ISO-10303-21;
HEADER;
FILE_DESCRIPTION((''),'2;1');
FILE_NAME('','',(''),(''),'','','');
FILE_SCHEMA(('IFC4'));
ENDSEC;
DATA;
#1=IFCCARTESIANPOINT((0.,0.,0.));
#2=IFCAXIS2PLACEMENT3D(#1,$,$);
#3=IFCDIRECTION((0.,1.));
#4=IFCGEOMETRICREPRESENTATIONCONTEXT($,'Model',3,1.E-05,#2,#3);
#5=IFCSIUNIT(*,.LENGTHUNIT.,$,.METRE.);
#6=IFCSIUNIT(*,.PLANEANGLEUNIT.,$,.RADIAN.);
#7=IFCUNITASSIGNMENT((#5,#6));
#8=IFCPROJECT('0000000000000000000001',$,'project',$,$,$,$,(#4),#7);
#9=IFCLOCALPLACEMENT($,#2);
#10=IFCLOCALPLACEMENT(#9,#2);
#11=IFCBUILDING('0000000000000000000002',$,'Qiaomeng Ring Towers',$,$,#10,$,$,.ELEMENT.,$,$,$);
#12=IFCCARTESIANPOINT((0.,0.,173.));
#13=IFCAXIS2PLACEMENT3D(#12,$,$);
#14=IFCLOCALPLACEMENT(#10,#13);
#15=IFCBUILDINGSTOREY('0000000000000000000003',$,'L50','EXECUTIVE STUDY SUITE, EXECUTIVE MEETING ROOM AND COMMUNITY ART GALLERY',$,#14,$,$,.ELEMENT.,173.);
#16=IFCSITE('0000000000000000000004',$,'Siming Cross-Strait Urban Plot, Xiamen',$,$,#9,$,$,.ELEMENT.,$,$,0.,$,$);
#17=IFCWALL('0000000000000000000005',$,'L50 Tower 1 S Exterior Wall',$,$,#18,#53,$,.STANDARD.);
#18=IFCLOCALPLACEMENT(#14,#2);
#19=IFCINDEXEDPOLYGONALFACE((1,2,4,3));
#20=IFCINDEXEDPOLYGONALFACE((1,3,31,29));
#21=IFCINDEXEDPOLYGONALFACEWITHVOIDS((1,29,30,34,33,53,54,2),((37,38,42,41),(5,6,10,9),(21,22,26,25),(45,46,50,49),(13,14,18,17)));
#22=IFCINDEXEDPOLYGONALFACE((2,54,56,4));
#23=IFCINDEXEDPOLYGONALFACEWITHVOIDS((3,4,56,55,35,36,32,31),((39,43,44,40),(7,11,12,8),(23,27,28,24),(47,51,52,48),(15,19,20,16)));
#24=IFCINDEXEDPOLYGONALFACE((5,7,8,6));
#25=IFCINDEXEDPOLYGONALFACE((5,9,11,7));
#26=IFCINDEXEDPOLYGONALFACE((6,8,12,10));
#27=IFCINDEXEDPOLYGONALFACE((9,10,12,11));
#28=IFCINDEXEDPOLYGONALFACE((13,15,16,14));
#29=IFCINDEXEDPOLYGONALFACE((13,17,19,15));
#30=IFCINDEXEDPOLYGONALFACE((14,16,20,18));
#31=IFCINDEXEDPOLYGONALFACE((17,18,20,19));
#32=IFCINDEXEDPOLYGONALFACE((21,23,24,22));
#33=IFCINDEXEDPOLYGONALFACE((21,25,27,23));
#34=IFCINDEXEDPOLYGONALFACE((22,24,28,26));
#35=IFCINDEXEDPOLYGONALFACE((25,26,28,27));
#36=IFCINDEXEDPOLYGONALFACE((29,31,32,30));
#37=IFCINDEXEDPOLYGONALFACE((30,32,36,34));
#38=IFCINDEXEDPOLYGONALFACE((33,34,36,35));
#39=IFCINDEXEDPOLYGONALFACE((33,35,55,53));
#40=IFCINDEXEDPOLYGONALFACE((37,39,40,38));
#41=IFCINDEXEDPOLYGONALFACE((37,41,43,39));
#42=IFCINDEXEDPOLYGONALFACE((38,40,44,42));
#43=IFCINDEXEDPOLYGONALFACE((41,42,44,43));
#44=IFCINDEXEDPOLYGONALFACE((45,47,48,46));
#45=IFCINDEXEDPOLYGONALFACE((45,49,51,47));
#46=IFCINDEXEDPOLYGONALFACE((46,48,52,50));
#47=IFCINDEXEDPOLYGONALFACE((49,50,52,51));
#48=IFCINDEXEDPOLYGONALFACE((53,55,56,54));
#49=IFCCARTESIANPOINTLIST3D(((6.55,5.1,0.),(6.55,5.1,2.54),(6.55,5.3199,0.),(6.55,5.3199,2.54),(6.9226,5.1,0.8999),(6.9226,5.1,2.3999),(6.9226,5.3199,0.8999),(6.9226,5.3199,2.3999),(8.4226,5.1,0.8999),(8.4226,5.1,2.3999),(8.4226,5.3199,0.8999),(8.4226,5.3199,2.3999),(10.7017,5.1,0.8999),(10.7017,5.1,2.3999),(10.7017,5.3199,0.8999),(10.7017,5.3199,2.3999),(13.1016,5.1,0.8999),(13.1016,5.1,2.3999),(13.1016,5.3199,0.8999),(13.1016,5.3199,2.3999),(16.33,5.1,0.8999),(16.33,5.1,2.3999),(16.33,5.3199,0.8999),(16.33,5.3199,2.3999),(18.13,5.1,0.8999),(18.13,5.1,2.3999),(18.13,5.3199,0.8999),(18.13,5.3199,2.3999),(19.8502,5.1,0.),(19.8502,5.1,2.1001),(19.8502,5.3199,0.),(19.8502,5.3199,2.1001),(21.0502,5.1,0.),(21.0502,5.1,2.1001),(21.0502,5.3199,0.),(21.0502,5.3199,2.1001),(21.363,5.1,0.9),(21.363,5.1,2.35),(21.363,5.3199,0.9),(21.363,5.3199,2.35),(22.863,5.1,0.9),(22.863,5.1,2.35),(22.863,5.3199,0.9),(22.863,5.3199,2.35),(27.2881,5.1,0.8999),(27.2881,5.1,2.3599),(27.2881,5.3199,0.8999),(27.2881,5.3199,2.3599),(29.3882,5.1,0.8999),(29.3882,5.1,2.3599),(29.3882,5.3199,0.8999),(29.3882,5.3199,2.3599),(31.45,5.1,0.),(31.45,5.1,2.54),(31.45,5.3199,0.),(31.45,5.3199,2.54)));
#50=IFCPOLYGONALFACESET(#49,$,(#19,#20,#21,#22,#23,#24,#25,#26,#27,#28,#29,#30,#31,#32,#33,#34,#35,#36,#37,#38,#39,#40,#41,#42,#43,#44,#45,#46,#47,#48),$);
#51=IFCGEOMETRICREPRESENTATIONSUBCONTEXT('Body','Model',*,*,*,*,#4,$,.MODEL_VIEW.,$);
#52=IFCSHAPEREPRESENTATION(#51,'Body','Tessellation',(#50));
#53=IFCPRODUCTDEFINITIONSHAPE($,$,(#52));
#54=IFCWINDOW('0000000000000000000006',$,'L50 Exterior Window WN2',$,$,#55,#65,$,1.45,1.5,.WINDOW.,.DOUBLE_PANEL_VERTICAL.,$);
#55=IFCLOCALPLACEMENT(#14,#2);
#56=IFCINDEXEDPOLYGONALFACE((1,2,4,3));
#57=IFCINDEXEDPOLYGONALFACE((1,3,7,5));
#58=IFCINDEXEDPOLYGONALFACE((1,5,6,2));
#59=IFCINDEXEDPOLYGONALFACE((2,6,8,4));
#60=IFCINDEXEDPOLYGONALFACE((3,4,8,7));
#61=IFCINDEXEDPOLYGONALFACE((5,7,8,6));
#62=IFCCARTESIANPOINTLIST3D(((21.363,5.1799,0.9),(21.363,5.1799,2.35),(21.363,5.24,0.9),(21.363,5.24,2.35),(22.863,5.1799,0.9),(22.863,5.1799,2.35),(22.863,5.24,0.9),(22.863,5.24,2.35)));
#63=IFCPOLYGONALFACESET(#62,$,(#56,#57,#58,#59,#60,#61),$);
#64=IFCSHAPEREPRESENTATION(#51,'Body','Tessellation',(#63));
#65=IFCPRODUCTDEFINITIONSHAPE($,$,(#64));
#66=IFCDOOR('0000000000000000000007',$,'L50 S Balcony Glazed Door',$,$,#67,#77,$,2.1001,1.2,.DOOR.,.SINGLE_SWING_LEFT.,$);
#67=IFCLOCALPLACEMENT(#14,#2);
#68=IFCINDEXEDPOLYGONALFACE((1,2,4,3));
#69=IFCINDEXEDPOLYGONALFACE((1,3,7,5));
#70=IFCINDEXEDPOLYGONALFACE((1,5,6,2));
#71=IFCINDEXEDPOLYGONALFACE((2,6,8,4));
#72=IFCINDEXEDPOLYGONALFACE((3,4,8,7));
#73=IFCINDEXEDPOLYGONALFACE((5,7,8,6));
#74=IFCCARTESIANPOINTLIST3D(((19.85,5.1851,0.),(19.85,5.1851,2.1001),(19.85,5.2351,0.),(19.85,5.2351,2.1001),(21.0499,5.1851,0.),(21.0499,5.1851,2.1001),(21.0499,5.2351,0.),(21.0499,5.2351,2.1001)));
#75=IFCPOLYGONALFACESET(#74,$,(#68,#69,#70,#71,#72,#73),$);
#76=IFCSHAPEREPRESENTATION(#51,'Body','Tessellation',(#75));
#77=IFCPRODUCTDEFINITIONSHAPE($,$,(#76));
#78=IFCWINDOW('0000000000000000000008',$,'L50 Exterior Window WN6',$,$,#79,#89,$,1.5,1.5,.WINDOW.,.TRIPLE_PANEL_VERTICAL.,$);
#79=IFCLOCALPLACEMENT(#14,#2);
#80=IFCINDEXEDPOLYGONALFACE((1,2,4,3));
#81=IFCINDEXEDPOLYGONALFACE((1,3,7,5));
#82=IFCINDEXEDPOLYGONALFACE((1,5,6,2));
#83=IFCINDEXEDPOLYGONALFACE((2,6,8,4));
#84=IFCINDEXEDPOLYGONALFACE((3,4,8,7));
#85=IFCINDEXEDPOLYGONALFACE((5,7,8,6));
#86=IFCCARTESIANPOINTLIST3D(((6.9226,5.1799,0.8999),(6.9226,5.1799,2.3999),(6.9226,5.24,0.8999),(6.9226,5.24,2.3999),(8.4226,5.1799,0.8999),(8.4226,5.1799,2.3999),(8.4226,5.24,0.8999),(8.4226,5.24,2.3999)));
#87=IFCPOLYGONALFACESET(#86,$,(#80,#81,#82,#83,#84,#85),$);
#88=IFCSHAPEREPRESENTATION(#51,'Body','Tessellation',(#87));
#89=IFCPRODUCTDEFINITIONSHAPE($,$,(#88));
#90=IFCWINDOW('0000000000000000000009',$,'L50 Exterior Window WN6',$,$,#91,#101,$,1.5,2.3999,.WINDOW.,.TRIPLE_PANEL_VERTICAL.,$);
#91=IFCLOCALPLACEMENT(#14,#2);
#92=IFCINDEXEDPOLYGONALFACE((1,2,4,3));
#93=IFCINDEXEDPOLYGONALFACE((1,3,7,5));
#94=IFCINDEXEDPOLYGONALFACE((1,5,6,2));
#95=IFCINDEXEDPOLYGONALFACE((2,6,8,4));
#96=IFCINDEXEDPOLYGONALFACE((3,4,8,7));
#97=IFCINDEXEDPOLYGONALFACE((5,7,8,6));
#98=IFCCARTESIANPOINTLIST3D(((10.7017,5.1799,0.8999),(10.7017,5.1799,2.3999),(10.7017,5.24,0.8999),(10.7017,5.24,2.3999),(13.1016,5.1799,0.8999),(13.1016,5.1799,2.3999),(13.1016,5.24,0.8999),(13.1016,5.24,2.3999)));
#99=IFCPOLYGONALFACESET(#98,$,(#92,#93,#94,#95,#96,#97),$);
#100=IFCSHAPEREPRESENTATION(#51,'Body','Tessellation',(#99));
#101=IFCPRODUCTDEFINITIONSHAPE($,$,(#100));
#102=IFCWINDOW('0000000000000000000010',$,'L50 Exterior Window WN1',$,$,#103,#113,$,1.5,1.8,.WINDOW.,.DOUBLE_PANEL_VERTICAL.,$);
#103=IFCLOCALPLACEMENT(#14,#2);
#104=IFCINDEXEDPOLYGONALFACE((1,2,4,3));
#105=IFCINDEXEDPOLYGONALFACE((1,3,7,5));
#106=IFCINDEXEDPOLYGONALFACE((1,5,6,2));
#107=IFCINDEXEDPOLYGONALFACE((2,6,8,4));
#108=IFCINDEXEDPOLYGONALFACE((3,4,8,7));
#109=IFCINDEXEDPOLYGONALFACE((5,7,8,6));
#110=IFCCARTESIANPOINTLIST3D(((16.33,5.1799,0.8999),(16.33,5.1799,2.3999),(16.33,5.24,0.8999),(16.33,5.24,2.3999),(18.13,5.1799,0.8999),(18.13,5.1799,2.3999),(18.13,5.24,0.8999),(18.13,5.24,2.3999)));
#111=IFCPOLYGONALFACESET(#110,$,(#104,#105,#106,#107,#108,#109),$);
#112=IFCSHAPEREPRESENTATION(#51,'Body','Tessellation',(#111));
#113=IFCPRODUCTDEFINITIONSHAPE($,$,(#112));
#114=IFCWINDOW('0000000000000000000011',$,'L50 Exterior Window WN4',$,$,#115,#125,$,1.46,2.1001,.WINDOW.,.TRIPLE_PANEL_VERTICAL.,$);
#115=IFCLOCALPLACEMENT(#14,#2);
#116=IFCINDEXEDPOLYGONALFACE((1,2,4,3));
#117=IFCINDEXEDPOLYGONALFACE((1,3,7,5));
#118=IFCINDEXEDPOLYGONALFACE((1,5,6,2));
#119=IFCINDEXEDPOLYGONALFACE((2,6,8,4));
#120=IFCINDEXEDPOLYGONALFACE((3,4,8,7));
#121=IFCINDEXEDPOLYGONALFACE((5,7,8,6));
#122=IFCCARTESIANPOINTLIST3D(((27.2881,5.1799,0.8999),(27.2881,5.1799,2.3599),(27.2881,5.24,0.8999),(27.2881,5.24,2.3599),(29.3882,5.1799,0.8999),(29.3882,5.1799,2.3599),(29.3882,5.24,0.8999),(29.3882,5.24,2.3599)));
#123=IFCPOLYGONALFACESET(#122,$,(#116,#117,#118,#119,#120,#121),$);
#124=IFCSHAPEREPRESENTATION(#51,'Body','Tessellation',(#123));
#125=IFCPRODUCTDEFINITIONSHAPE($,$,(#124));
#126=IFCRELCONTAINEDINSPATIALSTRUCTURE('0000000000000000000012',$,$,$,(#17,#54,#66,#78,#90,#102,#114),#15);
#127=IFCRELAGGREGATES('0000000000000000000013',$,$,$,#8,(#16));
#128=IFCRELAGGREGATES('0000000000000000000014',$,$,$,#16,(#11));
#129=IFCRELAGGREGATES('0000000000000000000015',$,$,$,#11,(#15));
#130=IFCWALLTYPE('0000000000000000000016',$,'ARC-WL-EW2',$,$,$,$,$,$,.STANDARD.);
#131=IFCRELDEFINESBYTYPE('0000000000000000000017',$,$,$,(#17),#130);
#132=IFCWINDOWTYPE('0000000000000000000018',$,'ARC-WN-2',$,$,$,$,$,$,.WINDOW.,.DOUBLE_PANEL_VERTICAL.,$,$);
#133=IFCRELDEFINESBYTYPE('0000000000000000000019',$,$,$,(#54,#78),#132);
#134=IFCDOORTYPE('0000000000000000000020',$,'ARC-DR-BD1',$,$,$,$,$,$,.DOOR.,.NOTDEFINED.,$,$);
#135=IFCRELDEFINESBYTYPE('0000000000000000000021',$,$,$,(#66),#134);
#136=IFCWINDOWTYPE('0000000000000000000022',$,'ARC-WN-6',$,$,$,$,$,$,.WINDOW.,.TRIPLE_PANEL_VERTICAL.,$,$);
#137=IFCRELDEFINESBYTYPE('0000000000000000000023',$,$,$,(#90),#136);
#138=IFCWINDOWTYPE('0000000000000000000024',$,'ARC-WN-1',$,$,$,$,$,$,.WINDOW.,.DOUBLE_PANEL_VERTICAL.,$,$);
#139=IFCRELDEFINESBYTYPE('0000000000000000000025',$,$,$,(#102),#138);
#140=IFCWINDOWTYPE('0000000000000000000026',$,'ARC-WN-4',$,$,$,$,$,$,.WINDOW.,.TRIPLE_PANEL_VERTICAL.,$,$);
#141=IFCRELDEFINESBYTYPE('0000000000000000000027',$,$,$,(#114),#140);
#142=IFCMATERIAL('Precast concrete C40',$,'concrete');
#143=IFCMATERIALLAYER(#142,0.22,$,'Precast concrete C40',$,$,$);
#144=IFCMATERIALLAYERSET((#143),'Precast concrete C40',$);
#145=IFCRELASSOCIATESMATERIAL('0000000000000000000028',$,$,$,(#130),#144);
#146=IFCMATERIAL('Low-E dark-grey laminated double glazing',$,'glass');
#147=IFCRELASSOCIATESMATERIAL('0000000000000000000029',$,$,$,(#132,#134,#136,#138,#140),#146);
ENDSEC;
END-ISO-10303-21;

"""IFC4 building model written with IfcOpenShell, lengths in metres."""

from ifc_helpers import new_model, si_unit, direction, frame, frame_2d, origin, place, context, subcontext, project, spatial, rectangle, extrude, source, transform, mapped, material, layer, layer_set, type_object, element, fill, save


model = new_model("IFC4")

# Units and contexts
model_context = context("Model", 3, precision=1e-05, world=origin(), true_north=direction((0.0, 1.0)))
body_context = subcontext(model_context, "Body", "Model", "MODEL_VIEW")
ifc_project = project(units=[si_unit("LENGTHUNIT", "METRE"), si_unit("PLANEANGLEUNIT", "RADIAN")], contexts=[model_context])

# Site, building, storey
site_placement = place(None, origin())
site = spatial("IfcSite", under=ifc_project, at=site_placement, Name="Siming Cross-Strait Urban Plot, Xiamen", CompositionType="ELEMENT", RefElevation=0.0)
building_placement = place(site_placement, origin())
building = spatial("IfcBuilding", under=site, at=building_placement, Name="Qiaomeng Ring Towers", CompositionType="ELEMENT")
storey_placement = place(building_placement, frame((0.0, 0.0, 173.0)))
storey = spatial("IfcBuildingStorey", under=building, at=storey_placement, Name="L50", Description="EXECUTIVE STUDY SUITE, EXECUTIVE MEETING ROOM AND COMMUNITY ART GALLERY", CompositionType="ELEMENT", Elevation=173.0)

# Shared definitions
ifc_material_1 = material(Name="Low-E dark-grey laminated double glazing", Category="glass")

# Wall, openings, windows, door
ifc_material_2 = material(Name="Precast concrete C40", Category="concrete")
ifc_layer_1 = layer(ifc_material_2, 0.22, Name="Precast concrete C40")
ifc_layer_set_1 = layer_set([ifc_layer_1], Name="Precast concrete C40")
wall_type_1 = type_object("IfcWallType", Name="ARC-WL-EW2", PredefinedType="STANDARD", material=ifc_layer_set_1)
wall_1_placement = place(storey_placement, frame((6.55, 5.21, 0.0), z_axis=(0.0, 0.0, 1.0), x_axis=(1.0, 0.0, 0.0)))
wall_1 = element("IfcWall", 1, at=wall_1_placement, inside=storey, type_object=wall_type_1, Name="L50 Tower 1 S Exterior Wall", PredefinedType="STANDARD", context=body_context, shape_type="SweptSolid", body=[
    extrude(rectangle(XDim=24.8999, YDim=0.22, at=frame_2d((12.45, 0.0))), origin(), (0.0, 0.0, 1.0), 2.54),
])
opening_1_placement = place(wall_1_placement, frame((13.3, 0.0, 0.0)))
opening_1 = element("IfcOpeningElement", 2, at=opening_1_placement, cuts=wall_1, PredefinedType="OPENING", context=body_context, shape_type="SweptSolid", body=[
    extrude(rectangle(XDim=1.2, YDim=2.1001, at=frame_2d((0.6001, 1.05))), frame((0.0, 0.1199, 0.0), z_axis=(0.0, -1.0, 0.0), x_axis=(1.0, 0.0, 0.0)), (0.0, 0.0, 1.0), 0.24),
])
opening_2_placement = place(wall_1_placement, frame((0.3726, 0.0, 0.8999)))
opening_2 = element("IfcOpeningElement", 3, at=opening_2_placement, cuts=wall_1, PredefinedType="OPENING", context=body_context, shape_type="SweptSolid", body=[
    extrude(rectangle(XDim=1.5, YDim=1.5, at=frame_2d((0.75, 0.75))), frame((0.0, 0.1199, 0.0), z_axis=(0.0, -1.0, 0.0), x_axis=(1.0, 0.0, 0.0)), (0.0, 0.0, 1.0), 0.24),
])
opening_3_placement = place(wall_1_placement, frame((9.78, 0.0, 0.8999)))
opening_3 = element("IfcOpeningElement", 4, at=opening_3_placement, cuts=wall_1, PredefinedType="OPENING", context=body_context, shape_type="SweptSolid", body=[
    extrude(rectangle(XDim=1.8, YDim=1.5, at=frame_2d((0.8999, 0.75))), frame((0.0, 0.1199, 0.0), z_axis=(0.0, -1.0, 0.0), x_axis=(1.0, 0.0, 0.0)), (0.0, 0.0, 1.0), 0.24),
])
opening_4_placement = place(wall_1_placement, frame((14.813, 0.0, 0.8999)))
opening_4 = element("IfcOpeningElement", 5, at=opening_4_placement, cuts=wall_1, PredefinedType="OPENING", context=body_context, shape_type="SweptSolid", body=[
    extrude(rectangle(XDim=1.5, YDim=1.45, at=frame_2d((0.75, 0.7251))), frame((0.0, 0.1199, 0.0), z_axis=(0.0, -1.0, 0.0), x_axis=(1.0, 0.0, 0.0)), (0.0, 0.0, 1.0), 0.24),
])
opening_5_placement = place(wall_1_placement, frame((20.738, 0.0, 0.8999)))
opening_5 = element("IfcOpeningElement", 6, at=opening_5_placement, cuts=wall_1, PredefinedType="OPENING", context=body_context, shape_type="SweptSolid", body=[
    extrude(rectangle(XDim=2.1001, YDim=1.46, at=frame_2d((1.05, 0.73))), frame((0.0, 0.1199, 0.0), z_axis=(0.0, -1.0, 0.0), x_axis=(1.0, 0.0, 0.0)), (0.0, 0.0, 1.0), 0.24),
])
opening_6_placement = place(wall_1_placement, frame((4.1516, 0.0, 0.8999)))
opening_6 = element("IfcOpeningElement", 7, at=opening_6_placement, cuts=wall_1, PredefinedType="OPENING", context=body_context, shape_type="SweptSolid", body=[
    extrude(rectangle(XDim=2.3999, YDim=1.5, at=frame_2d((1.2, 0.75))), frame((0.0, 0.1199, 0.0), z_axis=(0.0, -1.0, 0.0), x_axis=(1.0, 0.0, 0.0)), (0.0, 0.0, 1.0), 0.24),
])
window_type_1 = type_object("IfcWindowType", Name="ARC-WN-2", PartitioningType="DOUBLE_PANEL_VERTICAL", PredefinedType="WINDOW", material=ifc_material_1)
shared_shape_1 = source(origin(), body_context, "Body", "SweptSolid", [
    extrude(rectangle(XDim=1.5, YDim=1.45, at=frame_2d((0.75, 0.7251))), frame((0.0, 0.03, 0.0), z_axis=(0.0, -1.0, 0.0), x_axis=(1.0, 0.0, 0.0)), (0.0, 0.0, 1.0), 0.0601),
])
window_1_placement = place(opening_4_placement, origin())
window_1 = element("IfcWindow", 8, at=window_1_placement, inside=storey, type_object=window_type_1, Name="L50 Exterior Window WN2", OverallHeight=1.45, OverallWidth=1.5, PartitioningType="DOUBLE_PANEL_VERTICAL", PredefinedType="WINDOW", context=body_context, shape_type="MappedRepresentation", body=[
    mapped(shared_shape_1, transform((0.0, 0.0, 0.0), x_axis=(1.0, 0.0, 0.0), y_axis=(0.0, 1.0, 0.0), z_axis=(0.0, 0.0, 1.0), scale=1.0)),
])
fill(opening_4, window_1)
door_type_1 = type_object("IfcDoorType", Name="ARC-DR-BD1", OperationType="NOTDEFINED", PredefinedType="DOOR", material=ifc_material_1)
shared_shape_2 = source(origin(), body_context, "Body", "SweptSolid", [
    extrude(rectangle(XDim=1.2, YDim=2.1001, at=frame_2d((0.6001, 1.05))), frame((0.0, 0.0249, 0.0), z_axis=(0.0, -1.0, 0.0), x_axis=(1.0, 0.0, 0.0)), (0.0, 0.0, 1.0), 0.05),
])
door_1_placement = place(opening_1_placement, frame((1.2, 0.0, 0.0), z_axis=(0.0, 0.0, 1.0), x_axis=(-1.0, 0.0, 0.0)))
door_1 = element("IfcDoor", 9, at=door_1_placement, inside=storey, type_object=door_type_1, Name="L50 S Balcony Glazed Door", OperationType="SINGLE_SWING_LEFT", OverallHeight=2.1001, OverallWidth=1.2, PredefinedType="DOOR", context=body_context, shape_type="MappedRepresentation", body=[
    mapped(shared_shape_2, transform((0.0, 0.0, 0.0), x_axis=(1.0, 0.0, 0.0), y_axis=(0.0, 1.0, 0.0), z_axis=(0.0, 0.0, 1.0), scale=1.0)),
])
fill(opening_1, door_1)
shared_shape_3 = source(origin(), body_context, "Body", "SweptSolid", [
    extrude(rectangle(XDim=1.5, YDim=1.5, at=frame_2d((0.75, 0.75))), frame((0.0, 0.03, 0.0), z_axis=(0.0, -1.0, 0.0), x_axis=(1.0, 0.0, 0.0)), (0.0, 0.0, 1.0), 0.0601),
])
window_2_placement = place(opening_2_placement, origin())
window_2 = element("IfcWindow", 10, at=window_2_placement, inside=storey, type_object=window_type_1, Name="L50 Exterior Window WN6", OverallHeight=1.5, OverallWidth=1.5, PartitioningType="TRIPLE_PANEL_VERTICAL", PredefinedType="WINDOW", context=body_context, shape_type="MappedRepresentation", body=[
    mapped(shared_shape_3, transform((0.0, 0.0, 0.0), x_axis=(1.0, 0.0, 0.0), y_axis=(0.0, 1.0, 0.0), z_axis=(0.0, 0.0, 1.0), scale=1.0)),
])
fill(opening_2, window_2)
window_type_2 = type_object("IfcWindowType", Name="ARC-WN-6", PartitioningType="TRIPLE_PANEL_VERTICAL", PredefinedType="WINDOW", material=ifc_material_1)
shared_shape_4 = source(origin(), body_context, "Body", "SweptSolid", [
    extrude(rectangle(XDim=2.3999, YDim=1.5, at=frame_2d((1.2, 0.75))), frame((0.0, 0.03, 0.0), z_axis=(0.0, -1.0, 0.0), x_axis=(1.0, 0.0, 0.0)), (0.0, 0.0, 1.0), 0.0601),
])
window_3_placement = place(opening_6_placement, origin())
window_3 = element("IfcWindow", 11, at=window_3_placement, inside=storey, type_object=window_type_2, Name="L50 Exterior Window WN6", OverallHeight=1.5, OverallWidth=2.3999, PartitioningType="TRIPLE_PANEL_VERTICAL", PredefinedType="WINDOW", context=body_context, shape_type="MappedRepresentation", body=[
    mapped(shared_shape_4, transform((0.0, 0.0, 0.0), x_axis=(1.0, 0.0, 0.0), y_axis=(0.0, 1.0, 0.0), z_axis=(0.0, 0.0, 1.0), scale=1.0)),
])
fill(opening_6, window_3)
window_type_3 = type_object("IfcWindowType", Name="ARC-WN-1", PartitioningType="DOUBLE_PANEL_VERTICAL", PredefinedType="WINDOW", material=ifc_material_1)
shared_shape_5 = source(origin(), body_context, "Body", "SweptSolid", [
    extrude(rectangle(XDim=1.8, YDim=1.5, at=frame_2d((0.8999, 0.75))), frame((0.0, 0.03, 0.0), z_axis=(0.0, -1.0, 0.0), x_axis=(1.0, 0.0, 0.0)), (0.0, 0.0, 1.0), 0.0601),
])
window_4_placement = place(opening_3_placement, origin())
window_4 = element("IfcWindow", 12, at=window_4_placement, inside=storey, type_object=window_type_3, Name="L50 Exterior Window WN1", OverallHeight=1.5, OverallWidth=1.8, PartitioningType="DOUBLE_PANEL_VERTICAL", PredefinedType="WINDOW", context=body_context, shape_type="MappedRepresentation", body=[
    mapped(shared_shape_5, transform((0.0, 0.0, 0.0), x_axis=(1.0, 0.0, 0.0), y_axis=(0.0, 1.0, 0.0), z_axis=(0.0, 0.0, 1.0), scale=1.0)),
])
fill(opening_3, window_4)
window_type_4 = type_object("IfcWindowType", Name="ARC-WN-4", PartitioningType="TRIPLE_PANEL_VERTICAL", PredefinedType="WINDOW", material=ifc_material_1)
shared_shape_6 = source(origin(), body_context, "Body", "SweptSolid", [
    extrude(rectangle(XDim=2.1001, YDim=1.46, at=frame_2d((1.05, 0.73))), frame((0.0, 0.03, 0.0), z_axis=(0.0, -1.0, 0.0), x_axis=(1.0, 0.0, 0.0)), (0.0, 0.0, 1.0), 0.0601),
])
window_5_placement = place(opening_5_placement, origin())
window_5 = element("IfcWindow", 13, at=window_5_placement, inside=storey, type_object=window_type_4, Name="L50 Exterior Window WN4", OverallHeight=1.46, OverallWidth=2.1001, PartitioningType="TRIPLE_PANEL_VERTICAL", PredefinedType="WINDOW", context=body_context, shape_type="MappedRepresentation", body=[
    mapped(shared_shape_6, transform((0.0, 0.0, 0.0), x_axis=(1.0, 0.0, 0.0), y_axis=(0.0, 1.0, 0.0), z_axis=(0.0, 0.0, 1.0), scale=1.0)),
])
fill(opening_5, window_5)

save(model, "model.ifc")
